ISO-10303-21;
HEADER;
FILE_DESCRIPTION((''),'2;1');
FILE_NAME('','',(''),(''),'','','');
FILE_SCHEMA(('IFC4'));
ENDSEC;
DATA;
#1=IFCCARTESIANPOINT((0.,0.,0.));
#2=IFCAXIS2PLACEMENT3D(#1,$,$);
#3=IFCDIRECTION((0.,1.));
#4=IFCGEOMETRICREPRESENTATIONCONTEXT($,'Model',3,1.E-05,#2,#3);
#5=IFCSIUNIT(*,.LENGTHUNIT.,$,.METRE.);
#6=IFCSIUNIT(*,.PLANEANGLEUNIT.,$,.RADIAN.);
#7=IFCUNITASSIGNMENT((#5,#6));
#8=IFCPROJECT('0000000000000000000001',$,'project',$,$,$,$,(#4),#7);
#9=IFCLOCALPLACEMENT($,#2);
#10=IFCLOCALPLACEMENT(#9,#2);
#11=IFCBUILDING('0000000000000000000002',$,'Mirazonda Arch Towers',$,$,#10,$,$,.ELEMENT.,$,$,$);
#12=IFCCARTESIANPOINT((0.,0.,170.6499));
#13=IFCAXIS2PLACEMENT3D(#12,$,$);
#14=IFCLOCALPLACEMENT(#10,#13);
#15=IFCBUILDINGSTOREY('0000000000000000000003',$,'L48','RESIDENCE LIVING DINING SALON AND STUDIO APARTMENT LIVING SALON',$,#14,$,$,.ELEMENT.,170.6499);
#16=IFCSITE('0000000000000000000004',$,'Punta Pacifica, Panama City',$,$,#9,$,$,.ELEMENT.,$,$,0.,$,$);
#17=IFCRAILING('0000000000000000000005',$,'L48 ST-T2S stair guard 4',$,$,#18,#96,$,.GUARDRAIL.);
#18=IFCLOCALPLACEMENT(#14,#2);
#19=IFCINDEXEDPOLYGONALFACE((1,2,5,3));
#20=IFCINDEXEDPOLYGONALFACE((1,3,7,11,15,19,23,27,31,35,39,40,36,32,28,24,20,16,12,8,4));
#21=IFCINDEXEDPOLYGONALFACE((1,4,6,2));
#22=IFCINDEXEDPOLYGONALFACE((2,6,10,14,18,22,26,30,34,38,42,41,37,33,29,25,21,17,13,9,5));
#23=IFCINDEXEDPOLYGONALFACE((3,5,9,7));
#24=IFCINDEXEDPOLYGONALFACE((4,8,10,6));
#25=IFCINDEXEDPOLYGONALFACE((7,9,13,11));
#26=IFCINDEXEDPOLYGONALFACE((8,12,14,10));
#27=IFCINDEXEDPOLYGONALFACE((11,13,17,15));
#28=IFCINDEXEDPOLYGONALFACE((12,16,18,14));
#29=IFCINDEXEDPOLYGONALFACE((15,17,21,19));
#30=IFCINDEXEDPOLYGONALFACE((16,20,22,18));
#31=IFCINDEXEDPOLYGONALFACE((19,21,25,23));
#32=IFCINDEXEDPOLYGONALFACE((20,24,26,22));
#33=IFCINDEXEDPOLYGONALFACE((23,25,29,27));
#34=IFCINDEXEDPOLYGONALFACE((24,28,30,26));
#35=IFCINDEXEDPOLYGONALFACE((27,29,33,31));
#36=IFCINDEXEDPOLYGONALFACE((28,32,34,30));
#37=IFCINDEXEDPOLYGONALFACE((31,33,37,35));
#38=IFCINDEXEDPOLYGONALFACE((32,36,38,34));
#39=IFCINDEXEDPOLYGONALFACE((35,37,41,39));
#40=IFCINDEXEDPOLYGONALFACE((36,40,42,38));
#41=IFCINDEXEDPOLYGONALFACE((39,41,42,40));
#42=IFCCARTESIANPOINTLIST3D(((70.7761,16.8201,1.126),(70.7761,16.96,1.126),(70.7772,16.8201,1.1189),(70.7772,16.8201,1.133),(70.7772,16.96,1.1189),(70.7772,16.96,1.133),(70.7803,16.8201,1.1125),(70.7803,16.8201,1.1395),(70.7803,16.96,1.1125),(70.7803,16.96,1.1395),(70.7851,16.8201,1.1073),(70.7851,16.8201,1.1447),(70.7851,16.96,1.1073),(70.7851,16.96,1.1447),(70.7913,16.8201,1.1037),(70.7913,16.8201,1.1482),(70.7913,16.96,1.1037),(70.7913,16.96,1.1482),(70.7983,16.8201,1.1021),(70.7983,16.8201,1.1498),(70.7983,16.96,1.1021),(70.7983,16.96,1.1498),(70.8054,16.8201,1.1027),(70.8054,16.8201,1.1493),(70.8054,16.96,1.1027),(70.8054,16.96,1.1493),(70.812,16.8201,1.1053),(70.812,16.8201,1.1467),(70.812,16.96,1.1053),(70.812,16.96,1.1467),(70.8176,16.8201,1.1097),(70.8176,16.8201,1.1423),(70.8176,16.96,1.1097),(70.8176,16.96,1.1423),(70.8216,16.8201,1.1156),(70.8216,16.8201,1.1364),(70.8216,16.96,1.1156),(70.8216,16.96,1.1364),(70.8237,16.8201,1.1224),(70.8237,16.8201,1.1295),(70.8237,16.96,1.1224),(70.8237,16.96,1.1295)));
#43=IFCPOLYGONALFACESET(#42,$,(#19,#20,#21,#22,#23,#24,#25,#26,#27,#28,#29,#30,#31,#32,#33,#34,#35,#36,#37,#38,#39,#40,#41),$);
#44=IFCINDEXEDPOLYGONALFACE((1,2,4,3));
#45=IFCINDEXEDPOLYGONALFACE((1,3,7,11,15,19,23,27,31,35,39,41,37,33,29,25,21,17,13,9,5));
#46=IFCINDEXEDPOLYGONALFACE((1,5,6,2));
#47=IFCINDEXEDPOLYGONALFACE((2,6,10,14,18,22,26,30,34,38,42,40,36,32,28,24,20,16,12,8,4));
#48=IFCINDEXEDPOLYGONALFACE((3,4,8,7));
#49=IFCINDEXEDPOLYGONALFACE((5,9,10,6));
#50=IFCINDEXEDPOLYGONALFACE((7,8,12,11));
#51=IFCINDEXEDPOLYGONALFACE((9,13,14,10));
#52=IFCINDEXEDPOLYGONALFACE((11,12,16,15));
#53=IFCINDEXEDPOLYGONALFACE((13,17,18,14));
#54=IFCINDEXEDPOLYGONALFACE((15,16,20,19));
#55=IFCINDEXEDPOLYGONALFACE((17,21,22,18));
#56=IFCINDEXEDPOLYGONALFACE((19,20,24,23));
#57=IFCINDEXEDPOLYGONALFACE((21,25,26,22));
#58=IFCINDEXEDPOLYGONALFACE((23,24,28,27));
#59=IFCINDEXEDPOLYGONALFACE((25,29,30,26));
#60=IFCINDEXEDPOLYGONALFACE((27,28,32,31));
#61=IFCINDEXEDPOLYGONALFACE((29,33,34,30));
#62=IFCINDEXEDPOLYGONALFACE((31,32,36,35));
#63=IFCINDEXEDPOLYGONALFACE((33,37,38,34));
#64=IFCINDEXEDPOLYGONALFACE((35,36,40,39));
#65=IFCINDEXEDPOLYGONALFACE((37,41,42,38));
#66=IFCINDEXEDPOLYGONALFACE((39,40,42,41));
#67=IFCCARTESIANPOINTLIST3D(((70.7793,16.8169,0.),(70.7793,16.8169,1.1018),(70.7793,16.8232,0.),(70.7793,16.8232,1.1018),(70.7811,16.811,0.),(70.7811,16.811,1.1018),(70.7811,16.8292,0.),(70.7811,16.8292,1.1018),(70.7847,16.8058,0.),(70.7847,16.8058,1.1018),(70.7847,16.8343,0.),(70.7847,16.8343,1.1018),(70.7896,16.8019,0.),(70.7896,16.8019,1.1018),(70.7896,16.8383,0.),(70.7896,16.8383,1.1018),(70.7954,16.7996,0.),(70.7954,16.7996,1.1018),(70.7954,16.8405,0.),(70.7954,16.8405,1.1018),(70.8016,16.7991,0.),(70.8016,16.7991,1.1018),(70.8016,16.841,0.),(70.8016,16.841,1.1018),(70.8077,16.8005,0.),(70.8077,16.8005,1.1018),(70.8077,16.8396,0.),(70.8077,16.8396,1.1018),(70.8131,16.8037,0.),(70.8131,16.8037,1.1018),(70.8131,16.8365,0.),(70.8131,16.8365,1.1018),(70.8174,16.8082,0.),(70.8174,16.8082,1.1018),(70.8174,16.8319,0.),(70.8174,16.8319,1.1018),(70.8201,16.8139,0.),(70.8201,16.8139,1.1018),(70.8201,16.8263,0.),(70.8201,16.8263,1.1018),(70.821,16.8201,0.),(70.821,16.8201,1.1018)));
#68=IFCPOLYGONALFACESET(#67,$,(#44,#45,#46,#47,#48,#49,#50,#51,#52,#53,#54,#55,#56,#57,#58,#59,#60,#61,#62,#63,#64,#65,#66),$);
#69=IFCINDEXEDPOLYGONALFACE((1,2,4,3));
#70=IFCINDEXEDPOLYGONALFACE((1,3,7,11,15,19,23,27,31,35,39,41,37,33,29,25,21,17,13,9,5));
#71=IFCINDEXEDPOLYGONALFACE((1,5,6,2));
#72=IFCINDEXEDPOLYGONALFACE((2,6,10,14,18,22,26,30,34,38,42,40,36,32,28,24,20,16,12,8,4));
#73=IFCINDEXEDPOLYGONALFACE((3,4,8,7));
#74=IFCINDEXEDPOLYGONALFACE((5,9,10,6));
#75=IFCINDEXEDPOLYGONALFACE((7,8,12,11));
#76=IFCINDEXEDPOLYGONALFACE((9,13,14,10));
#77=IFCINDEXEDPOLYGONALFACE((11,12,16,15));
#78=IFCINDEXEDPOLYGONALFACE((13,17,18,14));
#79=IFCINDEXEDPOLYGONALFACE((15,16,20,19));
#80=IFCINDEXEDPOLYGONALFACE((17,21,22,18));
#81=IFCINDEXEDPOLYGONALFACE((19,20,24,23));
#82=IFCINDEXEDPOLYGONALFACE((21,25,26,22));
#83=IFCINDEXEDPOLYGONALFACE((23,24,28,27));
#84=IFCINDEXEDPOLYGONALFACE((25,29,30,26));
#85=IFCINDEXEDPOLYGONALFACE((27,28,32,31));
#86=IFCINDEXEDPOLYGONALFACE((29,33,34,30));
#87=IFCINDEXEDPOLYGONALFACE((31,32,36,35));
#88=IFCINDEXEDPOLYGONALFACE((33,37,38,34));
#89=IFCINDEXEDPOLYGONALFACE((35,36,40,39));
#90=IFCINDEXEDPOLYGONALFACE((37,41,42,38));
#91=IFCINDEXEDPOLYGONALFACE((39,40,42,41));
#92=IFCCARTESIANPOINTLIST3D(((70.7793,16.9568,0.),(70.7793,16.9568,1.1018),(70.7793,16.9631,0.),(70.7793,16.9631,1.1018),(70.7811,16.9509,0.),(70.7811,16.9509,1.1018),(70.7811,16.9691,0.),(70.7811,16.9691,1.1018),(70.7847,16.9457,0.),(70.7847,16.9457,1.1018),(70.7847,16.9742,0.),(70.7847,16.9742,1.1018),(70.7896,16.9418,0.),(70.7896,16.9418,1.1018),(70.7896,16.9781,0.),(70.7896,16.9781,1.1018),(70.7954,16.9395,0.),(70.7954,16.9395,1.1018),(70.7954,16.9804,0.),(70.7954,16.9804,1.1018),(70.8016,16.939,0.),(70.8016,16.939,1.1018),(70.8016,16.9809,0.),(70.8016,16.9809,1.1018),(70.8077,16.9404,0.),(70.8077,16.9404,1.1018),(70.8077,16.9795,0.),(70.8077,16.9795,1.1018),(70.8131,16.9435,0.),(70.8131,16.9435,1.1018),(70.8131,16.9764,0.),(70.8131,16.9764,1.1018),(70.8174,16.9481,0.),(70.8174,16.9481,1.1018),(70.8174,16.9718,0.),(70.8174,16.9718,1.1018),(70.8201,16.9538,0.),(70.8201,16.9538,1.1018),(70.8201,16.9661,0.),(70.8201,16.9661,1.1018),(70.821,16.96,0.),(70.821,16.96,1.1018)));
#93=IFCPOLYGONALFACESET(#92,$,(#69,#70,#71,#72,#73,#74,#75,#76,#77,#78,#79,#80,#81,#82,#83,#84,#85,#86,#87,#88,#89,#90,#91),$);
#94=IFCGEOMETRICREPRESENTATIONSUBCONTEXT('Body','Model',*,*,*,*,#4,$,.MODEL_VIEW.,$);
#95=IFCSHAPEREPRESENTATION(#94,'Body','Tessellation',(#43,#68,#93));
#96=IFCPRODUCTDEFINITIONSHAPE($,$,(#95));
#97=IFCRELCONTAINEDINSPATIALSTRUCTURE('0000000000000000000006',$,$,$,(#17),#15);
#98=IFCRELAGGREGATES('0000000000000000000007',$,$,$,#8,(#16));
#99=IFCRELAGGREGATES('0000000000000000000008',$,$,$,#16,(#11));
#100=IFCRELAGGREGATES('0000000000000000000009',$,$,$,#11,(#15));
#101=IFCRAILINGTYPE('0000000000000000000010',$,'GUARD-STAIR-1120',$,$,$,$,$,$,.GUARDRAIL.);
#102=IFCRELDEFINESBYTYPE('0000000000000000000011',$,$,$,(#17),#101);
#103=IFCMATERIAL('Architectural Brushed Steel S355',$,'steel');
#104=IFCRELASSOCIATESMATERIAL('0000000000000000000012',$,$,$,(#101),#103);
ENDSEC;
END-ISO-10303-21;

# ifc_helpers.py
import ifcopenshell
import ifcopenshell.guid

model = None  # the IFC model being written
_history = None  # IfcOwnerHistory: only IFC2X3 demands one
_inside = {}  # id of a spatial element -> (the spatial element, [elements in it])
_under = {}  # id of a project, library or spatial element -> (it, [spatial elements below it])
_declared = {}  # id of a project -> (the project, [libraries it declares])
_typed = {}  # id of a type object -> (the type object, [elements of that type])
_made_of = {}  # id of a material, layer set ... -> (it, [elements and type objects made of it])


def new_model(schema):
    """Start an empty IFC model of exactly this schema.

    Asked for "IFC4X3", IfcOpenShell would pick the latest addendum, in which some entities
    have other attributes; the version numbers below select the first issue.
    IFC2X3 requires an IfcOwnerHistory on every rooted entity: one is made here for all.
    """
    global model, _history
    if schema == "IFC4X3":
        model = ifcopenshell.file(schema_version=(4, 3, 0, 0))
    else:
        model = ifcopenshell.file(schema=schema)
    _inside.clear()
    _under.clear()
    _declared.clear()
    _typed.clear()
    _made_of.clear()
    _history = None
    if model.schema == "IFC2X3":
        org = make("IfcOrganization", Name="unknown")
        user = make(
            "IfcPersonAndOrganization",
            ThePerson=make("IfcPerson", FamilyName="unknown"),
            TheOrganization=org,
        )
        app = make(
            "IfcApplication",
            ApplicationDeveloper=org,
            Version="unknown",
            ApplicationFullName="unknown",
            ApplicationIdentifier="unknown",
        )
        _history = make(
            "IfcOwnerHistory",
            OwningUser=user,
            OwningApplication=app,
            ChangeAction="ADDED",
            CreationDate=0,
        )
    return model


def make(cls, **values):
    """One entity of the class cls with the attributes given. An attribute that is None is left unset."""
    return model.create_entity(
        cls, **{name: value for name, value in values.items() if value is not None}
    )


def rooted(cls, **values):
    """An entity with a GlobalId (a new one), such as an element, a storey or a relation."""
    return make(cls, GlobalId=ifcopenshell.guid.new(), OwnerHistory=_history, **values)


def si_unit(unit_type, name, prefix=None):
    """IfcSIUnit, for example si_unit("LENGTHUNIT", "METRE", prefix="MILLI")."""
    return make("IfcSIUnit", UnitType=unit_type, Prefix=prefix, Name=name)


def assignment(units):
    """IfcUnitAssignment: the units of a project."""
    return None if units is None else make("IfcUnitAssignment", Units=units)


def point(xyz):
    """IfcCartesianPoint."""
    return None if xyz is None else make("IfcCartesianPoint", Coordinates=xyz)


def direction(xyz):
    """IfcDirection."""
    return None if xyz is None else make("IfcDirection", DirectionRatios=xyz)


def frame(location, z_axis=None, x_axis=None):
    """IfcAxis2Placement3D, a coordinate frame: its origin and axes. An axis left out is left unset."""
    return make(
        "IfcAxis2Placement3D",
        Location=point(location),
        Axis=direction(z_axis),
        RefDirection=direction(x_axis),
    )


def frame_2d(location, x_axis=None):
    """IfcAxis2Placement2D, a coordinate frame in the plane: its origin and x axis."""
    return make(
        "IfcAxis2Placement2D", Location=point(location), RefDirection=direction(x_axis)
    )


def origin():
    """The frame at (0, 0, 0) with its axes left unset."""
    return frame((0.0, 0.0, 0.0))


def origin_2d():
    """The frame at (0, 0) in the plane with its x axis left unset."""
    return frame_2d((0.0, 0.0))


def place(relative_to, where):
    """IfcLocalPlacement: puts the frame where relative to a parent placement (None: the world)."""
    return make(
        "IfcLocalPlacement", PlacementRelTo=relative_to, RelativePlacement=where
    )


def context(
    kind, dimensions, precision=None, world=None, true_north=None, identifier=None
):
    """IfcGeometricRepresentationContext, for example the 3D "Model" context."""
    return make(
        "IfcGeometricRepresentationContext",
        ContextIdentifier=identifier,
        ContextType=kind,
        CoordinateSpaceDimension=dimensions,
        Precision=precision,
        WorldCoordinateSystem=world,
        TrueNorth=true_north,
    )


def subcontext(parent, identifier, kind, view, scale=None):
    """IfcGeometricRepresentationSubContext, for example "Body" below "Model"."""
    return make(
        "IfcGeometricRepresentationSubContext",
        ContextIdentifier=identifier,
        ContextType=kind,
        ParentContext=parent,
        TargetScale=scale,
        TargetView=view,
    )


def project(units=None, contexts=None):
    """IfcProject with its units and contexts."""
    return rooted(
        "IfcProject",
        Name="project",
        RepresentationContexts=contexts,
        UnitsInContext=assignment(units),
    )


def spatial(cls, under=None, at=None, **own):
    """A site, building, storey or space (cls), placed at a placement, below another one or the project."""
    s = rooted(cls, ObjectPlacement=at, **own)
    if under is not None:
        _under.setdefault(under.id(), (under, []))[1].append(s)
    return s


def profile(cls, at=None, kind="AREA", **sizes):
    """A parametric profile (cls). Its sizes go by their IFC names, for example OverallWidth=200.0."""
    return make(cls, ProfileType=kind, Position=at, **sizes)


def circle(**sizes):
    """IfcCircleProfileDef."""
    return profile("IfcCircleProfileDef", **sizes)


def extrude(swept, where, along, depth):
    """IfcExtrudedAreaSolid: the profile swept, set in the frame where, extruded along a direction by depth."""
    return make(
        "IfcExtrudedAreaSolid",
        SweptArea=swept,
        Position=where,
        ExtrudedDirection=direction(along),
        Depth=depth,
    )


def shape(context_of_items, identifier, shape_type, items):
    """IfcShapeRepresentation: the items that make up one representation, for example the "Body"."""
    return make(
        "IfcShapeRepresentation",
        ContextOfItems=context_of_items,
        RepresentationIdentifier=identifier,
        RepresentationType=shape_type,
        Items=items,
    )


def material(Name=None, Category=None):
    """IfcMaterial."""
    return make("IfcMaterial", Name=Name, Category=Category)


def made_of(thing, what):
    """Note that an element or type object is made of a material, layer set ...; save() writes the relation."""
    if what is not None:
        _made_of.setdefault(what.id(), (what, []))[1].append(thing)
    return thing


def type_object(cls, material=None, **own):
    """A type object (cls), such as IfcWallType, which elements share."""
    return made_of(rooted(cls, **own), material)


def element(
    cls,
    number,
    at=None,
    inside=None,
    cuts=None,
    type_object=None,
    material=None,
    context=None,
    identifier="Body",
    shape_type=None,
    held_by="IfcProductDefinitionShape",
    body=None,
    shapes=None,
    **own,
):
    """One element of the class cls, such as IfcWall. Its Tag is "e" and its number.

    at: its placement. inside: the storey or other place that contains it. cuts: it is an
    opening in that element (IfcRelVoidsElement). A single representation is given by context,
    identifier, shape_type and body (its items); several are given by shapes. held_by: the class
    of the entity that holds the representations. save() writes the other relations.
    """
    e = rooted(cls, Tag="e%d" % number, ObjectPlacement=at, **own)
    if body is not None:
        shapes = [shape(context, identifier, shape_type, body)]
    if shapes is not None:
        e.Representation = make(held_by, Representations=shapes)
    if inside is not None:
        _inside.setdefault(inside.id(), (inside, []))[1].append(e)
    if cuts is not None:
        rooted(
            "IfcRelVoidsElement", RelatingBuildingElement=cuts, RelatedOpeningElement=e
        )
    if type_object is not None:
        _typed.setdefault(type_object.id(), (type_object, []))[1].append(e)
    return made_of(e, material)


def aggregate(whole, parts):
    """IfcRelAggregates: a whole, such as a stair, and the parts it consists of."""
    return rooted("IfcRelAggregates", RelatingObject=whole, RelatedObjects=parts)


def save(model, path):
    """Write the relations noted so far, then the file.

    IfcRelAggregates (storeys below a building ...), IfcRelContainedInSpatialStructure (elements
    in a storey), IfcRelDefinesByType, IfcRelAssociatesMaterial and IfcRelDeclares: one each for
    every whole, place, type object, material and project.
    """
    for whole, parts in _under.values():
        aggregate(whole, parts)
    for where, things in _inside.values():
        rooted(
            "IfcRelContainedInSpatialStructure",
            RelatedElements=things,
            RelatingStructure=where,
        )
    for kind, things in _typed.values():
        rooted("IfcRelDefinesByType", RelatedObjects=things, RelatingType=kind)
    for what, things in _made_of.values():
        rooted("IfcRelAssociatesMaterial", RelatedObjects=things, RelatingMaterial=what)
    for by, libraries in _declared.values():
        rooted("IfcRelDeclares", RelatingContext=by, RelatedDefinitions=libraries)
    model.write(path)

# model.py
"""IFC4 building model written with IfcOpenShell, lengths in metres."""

from ifc_helpers import new_model, si_unit, direction, frame, origin, origin_2d, place, context, subcontext, project, spatial, circle, extrude, material, type_object, element, save


model = new_model("IFC4")

# Units and contexts
model_context = context("Model", 3, precision=1e-05, world=origin(), true_north=direction((0.0, 1.0)))
body_context = subcontext(model_context, "Body", "Model", "MODEL_VIEW")
ifc_project = project(units=[si_unit("LENGTHUNIT", "METRE"), si_unit("PLANEANGLEUNIT", "RADIAN")], contexts=[model_context])

# Site, building, storey
site_placement = place(None, origin())
site = spatial("IfcSite", under=ifc_project, at=site_placement, Name="Punta Pacifica, Panama City", CompositionType="ELEMENT", RefElevation=0.0)
building_placement = place(site_placement, origin())
building = spatial("IfcBuilding", under=site, at=building_placement, Name="Mirazonda Arch Towers", CompositionType="ELEMENT")
storey_placement = place(building_placement, frame((0.0, 0.0, 170.6499)))
storey = spatial("IfcBuildingStorey", under=building, at=storey_placement, Name="L48", Description="RESIDENCE LIVING DINING SALON AND STUDIO APARTMENT LIVING SALON", CompositionType="ELEMENT", Elevation=170.6499)

# Shared definitions
ifc_material_1 = material(Name="Architectural Brushed Steel S355", Category="steel")

# Railing
railing_type = type_object("IfcRailingType", Name="GUARD-STAIR-1120", PredefinedType="GUARDRAIL", material=ifc_material_1)
railing_1_placement = place(storey_placement, frame((70.8, 16.8201, 0.0)))
element("IfcRailing", 1, at=railing_1_placement, inside=storey, type_object=railing_type, Name="L48 ST-T2S stair guard 4", PredefinedType="GUARDRAIL", context=body_context, shape_type="SweptSolid", body=[
    extrude(circle(Radius=0.0239, at=origin_2d()), frame((0.0, 0.0, 1.126), z_axis=(0.0, 1.0, 0.0), x_axis=(-1.0, 0.0, 0.0)), (0.0, 0.0, 1.0), 0.1399),
    extrude(circle(Radius=0.021, at=origin_2d()), origin(), (0.0, 0.0, 1.0), 1.1018),
    extrude(circle(Radius=0.021, at=origin_2d()), frame((0.0, 0.1399, 0.0)), (0.0, 0.0, 1.0), 1.1018),
])

save(model, "model.ifc")
